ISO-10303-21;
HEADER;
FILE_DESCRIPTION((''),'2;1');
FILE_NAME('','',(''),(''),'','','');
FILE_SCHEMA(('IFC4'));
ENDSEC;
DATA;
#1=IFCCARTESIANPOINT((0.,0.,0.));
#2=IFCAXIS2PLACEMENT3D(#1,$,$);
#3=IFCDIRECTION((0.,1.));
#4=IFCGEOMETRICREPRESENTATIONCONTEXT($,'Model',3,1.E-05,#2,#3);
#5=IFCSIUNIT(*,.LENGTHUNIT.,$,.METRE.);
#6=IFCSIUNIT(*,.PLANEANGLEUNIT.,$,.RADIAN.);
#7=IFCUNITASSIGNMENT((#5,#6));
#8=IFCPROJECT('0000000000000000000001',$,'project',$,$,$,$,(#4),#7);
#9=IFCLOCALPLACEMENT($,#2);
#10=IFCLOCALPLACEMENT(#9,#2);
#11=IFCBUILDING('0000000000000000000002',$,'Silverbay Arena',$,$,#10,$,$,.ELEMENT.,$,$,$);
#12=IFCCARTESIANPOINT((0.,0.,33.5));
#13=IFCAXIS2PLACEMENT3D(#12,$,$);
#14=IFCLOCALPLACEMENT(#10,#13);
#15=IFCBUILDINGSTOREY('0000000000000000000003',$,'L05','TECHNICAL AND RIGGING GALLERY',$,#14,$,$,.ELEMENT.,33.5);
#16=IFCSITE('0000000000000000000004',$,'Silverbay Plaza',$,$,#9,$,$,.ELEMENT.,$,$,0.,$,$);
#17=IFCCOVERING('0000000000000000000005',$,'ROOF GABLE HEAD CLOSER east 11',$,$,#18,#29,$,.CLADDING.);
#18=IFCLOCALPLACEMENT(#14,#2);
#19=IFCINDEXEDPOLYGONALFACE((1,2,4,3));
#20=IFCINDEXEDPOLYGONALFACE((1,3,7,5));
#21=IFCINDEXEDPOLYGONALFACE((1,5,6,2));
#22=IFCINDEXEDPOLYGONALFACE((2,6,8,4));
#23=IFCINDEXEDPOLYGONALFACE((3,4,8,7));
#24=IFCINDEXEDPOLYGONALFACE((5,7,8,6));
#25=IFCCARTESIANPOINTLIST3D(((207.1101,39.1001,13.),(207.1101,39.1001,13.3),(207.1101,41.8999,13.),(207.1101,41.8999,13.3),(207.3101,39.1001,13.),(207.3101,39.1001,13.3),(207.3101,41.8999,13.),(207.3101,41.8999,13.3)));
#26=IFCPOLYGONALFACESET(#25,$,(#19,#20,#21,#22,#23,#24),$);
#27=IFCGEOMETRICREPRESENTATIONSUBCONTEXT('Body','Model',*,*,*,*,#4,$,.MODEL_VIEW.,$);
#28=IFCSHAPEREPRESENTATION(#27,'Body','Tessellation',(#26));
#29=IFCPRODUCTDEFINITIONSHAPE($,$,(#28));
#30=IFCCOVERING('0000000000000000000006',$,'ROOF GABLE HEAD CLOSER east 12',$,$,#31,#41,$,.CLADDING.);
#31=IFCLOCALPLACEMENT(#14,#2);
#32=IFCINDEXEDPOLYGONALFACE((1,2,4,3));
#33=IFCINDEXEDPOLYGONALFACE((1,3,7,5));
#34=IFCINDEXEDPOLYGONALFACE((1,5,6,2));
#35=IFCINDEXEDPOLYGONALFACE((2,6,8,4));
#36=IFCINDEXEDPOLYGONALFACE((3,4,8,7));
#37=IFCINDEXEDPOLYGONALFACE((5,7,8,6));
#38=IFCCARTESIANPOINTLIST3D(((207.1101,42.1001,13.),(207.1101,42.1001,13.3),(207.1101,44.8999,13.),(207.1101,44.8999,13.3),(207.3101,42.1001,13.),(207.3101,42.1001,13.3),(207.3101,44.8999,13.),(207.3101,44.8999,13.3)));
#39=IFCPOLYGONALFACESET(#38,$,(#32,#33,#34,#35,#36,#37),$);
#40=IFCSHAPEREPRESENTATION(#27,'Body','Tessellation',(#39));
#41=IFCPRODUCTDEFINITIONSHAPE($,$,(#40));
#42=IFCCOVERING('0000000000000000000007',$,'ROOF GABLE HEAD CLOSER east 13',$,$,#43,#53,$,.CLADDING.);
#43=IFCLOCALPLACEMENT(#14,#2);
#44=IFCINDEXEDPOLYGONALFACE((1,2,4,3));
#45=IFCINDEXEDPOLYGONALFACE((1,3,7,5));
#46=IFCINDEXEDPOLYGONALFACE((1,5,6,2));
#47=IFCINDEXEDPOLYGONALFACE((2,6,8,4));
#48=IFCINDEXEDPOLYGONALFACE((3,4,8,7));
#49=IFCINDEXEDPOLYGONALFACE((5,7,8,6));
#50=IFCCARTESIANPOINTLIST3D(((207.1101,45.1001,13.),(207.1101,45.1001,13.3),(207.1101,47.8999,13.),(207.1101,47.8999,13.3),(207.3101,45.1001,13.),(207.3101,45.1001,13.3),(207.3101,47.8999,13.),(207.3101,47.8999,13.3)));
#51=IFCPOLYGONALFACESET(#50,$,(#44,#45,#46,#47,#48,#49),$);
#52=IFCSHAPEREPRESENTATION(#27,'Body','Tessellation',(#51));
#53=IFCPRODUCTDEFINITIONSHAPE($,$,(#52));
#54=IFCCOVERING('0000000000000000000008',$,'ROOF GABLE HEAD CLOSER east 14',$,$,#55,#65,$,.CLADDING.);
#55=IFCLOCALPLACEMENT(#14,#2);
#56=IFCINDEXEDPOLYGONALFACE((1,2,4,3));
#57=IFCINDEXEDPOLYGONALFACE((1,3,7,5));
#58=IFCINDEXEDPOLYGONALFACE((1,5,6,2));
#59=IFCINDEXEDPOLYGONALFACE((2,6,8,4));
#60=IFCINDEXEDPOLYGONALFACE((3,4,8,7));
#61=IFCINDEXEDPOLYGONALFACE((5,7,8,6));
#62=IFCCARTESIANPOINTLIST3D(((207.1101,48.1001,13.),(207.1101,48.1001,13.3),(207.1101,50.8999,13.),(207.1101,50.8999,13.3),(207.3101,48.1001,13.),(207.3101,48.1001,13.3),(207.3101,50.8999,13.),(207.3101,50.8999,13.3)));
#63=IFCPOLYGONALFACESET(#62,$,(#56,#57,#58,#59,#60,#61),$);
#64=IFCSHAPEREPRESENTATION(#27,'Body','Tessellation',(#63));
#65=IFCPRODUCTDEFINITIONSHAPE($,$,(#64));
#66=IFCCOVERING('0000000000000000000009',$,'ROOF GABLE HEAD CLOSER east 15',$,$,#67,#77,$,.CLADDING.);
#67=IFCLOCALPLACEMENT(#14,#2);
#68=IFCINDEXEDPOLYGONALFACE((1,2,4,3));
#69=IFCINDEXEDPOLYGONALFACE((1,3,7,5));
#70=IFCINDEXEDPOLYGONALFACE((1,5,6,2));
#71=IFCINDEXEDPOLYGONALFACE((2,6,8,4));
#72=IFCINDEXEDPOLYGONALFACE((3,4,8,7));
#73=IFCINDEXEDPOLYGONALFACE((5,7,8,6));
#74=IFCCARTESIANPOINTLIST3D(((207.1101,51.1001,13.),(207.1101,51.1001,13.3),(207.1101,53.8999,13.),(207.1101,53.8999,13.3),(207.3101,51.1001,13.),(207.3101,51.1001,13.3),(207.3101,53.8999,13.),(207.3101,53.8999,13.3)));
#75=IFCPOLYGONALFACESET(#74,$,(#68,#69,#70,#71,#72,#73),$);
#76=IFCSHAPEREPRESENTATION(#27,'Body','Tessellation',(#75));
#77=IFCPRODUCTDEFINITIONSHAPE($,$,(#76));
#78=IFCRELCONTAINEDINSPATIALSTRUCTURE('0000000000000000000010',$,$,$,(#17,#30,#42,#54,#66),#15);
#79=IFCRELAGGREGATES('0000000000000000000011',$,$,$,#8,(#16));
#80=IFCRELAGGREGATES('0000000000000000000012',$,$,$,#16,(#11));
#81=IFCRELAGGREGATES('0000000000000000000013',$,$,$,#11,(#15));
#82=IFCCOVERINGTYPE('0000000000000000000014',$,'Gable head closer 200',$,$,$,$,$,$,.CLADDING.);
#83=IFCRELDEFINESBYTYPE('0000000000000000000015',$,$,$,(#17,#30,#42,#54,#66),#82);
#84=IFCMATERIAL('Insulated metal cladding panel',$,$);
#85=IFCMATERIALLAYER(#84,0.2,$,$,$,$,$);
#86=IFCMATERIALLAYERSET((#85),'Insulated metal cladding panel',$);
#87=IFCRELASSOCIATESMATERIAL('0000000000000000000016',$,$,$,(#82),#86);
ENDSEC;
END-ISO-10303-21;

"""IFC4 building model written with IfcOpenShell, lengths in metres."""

from ifc_helpers import new_model, si_unit, direction, frame, origin, place, context, subcontext, project, spatial, polyline, outline, extrude, material, layer, layer_set, type_object, element, save


model = new_model("IFC4")

# Units and contexts
model_context = context("Model", 3, precision=1e-05, world=origin(), true_north=direction((0.0, 1.0)))
body_context = subcontext(model_context, "Body", "Model", "MODEL_VIEW")
ifc_project = project(units=[si_unit("LENGTHUNIT", "METRE"), si_unit("PLANEANGLEUNIT", "RADIAN")], contexts=[model_context])

# Site, building, storey
site_placement = place(None, origin())
site = spatial("IfcSite", under=ifc_project, at=site_placement, Name="Silverbay Plaza", CompositionType="ELEMENT", RefElevation=0.0)
building_placement = place(site_placement, origin())
building = spatial("IfcBuilding", under=site, at=building_placement, Name="Silverbay Arena", CompositionType="ELEMENT")
storey_placement = place(building_placement, frame((0.0, 0.0, 33.5)))
storey = spatial("IfcBuildingStorey", under=building, at=storey_placement, Name="L05", Description="TECHNICAL AND RIGGING GALLERY", CompositionType="ELEMENT", Elevation=33.5)

# Coverings
ifc_material = material(Name="Insulated metal cladding panel")
ifc_layer = layer(ifc_material, 0.2)
ifc_layer_set = layer_set([ifc_layer], Name="Insulated metal cladding panel")
covering_type = type_object("IfcCoveringType", Name="Gable head closer 200", PredefinedType="CLADDING", material=ifc_layer_set)
covering_1_placement = place(storey_placement, frame((0.0, 0.0, 13.0)))
element("IfcCovering", 1, at=covering_1_placement, inside=storey, type_object=covering_type, Name="ROOF GABLE HEAD CLOSER east 11", PredefinedType="CLADDING", context=body_context, shape_type="SweptSolid", body=[
    extrude(outline(polyline([(207.1101, 39.1001), (207.3101, 39.1001), (207.3101, 41.8999), (207.1101, 41.8999), (207.1101, 39.1001)])), origin(), (0.0, 0.0, 1.0), 0.3),
])
covering_2_placement = place(storey_placement, frame((0.0, 0.0, 13.0)))
element("IfcCovering", 2, at=covering_2_placement, inside=storey, type_object=covering_type, Name="ROOF GABLE HEAD CLOSER east 12", PredefinedType="CLADDING", context=body_context, shape_type="SweptSolid", body=[
    extrude(outline(polyline([(207.1101, 42.1001), (207.3101, 42.1001), (207.3101, 44.8999), (207.1101, 44.8999), (207.1101, 42.1001)])), origin(), (0.0, 0.0, 1.0), 0.3),
])
covering_3_placement = place(storey_placement, frame((0.0, 0.0, 13.0)))
element("IfcCovering", 3, at=covering_3_placement, inside=storey, type_object=covering_type, Name="ROOF GABLE HEAD CLOSER east 13", PredefinedType="CLADDING", context=body_context, shape_type="SweptSolid", body=[
    extrude(outline(polyline([(207.1101, 45.1001), (207.3101, 45.1001), (207.3101, 47.8999), (207.1101, 47.8999), (207.1101, 45.1001)])), origin(), (0.0, 0.0, 1.0), 0.3),
])
covering_4_placement = place(storey_placement, frame((0.0, 0.0, 13.0)))
element("IfcCovering", 4, at=covering_4_placement, inside=storey, type_object=covering_type, Name="ROOF GABLE HEAD CLOSER east 14", PredefinedType="CLADDING", context=body_context, shape_type="SweptSolid", body=[
    extrude(outline(polyline([(207.1101, 48.1001), (207.3101, 48.1001), (207.3101, 50.8999), (207.1101, 50.8999), (207.1101, 48.1001)])), origin(), (0.0, 0.0, 1.0), 0.3),
])
covering_5_placement = place(storey_placement, frame((0.0, 0.0, 13.0)))
element("IfcCovering", 5, at=covering_5_placement, inside=storey, type_object=covering_type, Name="ROOF GABLE HEAD CLOSER east 15", PredefinedType="CLADDING", context=body_context, shape_type="SweptSolid", body=[
    extrude(outline(polyline([(207.1101, 51.1001), (207.3101, 51.1001), (207.3101, 53.8999), (207.1101, 53.8999), (207.1101, 51.1001)])), origin(), (0.0, 0.0, 1.0), 0.3),
])

save(model, "model.ifc")
